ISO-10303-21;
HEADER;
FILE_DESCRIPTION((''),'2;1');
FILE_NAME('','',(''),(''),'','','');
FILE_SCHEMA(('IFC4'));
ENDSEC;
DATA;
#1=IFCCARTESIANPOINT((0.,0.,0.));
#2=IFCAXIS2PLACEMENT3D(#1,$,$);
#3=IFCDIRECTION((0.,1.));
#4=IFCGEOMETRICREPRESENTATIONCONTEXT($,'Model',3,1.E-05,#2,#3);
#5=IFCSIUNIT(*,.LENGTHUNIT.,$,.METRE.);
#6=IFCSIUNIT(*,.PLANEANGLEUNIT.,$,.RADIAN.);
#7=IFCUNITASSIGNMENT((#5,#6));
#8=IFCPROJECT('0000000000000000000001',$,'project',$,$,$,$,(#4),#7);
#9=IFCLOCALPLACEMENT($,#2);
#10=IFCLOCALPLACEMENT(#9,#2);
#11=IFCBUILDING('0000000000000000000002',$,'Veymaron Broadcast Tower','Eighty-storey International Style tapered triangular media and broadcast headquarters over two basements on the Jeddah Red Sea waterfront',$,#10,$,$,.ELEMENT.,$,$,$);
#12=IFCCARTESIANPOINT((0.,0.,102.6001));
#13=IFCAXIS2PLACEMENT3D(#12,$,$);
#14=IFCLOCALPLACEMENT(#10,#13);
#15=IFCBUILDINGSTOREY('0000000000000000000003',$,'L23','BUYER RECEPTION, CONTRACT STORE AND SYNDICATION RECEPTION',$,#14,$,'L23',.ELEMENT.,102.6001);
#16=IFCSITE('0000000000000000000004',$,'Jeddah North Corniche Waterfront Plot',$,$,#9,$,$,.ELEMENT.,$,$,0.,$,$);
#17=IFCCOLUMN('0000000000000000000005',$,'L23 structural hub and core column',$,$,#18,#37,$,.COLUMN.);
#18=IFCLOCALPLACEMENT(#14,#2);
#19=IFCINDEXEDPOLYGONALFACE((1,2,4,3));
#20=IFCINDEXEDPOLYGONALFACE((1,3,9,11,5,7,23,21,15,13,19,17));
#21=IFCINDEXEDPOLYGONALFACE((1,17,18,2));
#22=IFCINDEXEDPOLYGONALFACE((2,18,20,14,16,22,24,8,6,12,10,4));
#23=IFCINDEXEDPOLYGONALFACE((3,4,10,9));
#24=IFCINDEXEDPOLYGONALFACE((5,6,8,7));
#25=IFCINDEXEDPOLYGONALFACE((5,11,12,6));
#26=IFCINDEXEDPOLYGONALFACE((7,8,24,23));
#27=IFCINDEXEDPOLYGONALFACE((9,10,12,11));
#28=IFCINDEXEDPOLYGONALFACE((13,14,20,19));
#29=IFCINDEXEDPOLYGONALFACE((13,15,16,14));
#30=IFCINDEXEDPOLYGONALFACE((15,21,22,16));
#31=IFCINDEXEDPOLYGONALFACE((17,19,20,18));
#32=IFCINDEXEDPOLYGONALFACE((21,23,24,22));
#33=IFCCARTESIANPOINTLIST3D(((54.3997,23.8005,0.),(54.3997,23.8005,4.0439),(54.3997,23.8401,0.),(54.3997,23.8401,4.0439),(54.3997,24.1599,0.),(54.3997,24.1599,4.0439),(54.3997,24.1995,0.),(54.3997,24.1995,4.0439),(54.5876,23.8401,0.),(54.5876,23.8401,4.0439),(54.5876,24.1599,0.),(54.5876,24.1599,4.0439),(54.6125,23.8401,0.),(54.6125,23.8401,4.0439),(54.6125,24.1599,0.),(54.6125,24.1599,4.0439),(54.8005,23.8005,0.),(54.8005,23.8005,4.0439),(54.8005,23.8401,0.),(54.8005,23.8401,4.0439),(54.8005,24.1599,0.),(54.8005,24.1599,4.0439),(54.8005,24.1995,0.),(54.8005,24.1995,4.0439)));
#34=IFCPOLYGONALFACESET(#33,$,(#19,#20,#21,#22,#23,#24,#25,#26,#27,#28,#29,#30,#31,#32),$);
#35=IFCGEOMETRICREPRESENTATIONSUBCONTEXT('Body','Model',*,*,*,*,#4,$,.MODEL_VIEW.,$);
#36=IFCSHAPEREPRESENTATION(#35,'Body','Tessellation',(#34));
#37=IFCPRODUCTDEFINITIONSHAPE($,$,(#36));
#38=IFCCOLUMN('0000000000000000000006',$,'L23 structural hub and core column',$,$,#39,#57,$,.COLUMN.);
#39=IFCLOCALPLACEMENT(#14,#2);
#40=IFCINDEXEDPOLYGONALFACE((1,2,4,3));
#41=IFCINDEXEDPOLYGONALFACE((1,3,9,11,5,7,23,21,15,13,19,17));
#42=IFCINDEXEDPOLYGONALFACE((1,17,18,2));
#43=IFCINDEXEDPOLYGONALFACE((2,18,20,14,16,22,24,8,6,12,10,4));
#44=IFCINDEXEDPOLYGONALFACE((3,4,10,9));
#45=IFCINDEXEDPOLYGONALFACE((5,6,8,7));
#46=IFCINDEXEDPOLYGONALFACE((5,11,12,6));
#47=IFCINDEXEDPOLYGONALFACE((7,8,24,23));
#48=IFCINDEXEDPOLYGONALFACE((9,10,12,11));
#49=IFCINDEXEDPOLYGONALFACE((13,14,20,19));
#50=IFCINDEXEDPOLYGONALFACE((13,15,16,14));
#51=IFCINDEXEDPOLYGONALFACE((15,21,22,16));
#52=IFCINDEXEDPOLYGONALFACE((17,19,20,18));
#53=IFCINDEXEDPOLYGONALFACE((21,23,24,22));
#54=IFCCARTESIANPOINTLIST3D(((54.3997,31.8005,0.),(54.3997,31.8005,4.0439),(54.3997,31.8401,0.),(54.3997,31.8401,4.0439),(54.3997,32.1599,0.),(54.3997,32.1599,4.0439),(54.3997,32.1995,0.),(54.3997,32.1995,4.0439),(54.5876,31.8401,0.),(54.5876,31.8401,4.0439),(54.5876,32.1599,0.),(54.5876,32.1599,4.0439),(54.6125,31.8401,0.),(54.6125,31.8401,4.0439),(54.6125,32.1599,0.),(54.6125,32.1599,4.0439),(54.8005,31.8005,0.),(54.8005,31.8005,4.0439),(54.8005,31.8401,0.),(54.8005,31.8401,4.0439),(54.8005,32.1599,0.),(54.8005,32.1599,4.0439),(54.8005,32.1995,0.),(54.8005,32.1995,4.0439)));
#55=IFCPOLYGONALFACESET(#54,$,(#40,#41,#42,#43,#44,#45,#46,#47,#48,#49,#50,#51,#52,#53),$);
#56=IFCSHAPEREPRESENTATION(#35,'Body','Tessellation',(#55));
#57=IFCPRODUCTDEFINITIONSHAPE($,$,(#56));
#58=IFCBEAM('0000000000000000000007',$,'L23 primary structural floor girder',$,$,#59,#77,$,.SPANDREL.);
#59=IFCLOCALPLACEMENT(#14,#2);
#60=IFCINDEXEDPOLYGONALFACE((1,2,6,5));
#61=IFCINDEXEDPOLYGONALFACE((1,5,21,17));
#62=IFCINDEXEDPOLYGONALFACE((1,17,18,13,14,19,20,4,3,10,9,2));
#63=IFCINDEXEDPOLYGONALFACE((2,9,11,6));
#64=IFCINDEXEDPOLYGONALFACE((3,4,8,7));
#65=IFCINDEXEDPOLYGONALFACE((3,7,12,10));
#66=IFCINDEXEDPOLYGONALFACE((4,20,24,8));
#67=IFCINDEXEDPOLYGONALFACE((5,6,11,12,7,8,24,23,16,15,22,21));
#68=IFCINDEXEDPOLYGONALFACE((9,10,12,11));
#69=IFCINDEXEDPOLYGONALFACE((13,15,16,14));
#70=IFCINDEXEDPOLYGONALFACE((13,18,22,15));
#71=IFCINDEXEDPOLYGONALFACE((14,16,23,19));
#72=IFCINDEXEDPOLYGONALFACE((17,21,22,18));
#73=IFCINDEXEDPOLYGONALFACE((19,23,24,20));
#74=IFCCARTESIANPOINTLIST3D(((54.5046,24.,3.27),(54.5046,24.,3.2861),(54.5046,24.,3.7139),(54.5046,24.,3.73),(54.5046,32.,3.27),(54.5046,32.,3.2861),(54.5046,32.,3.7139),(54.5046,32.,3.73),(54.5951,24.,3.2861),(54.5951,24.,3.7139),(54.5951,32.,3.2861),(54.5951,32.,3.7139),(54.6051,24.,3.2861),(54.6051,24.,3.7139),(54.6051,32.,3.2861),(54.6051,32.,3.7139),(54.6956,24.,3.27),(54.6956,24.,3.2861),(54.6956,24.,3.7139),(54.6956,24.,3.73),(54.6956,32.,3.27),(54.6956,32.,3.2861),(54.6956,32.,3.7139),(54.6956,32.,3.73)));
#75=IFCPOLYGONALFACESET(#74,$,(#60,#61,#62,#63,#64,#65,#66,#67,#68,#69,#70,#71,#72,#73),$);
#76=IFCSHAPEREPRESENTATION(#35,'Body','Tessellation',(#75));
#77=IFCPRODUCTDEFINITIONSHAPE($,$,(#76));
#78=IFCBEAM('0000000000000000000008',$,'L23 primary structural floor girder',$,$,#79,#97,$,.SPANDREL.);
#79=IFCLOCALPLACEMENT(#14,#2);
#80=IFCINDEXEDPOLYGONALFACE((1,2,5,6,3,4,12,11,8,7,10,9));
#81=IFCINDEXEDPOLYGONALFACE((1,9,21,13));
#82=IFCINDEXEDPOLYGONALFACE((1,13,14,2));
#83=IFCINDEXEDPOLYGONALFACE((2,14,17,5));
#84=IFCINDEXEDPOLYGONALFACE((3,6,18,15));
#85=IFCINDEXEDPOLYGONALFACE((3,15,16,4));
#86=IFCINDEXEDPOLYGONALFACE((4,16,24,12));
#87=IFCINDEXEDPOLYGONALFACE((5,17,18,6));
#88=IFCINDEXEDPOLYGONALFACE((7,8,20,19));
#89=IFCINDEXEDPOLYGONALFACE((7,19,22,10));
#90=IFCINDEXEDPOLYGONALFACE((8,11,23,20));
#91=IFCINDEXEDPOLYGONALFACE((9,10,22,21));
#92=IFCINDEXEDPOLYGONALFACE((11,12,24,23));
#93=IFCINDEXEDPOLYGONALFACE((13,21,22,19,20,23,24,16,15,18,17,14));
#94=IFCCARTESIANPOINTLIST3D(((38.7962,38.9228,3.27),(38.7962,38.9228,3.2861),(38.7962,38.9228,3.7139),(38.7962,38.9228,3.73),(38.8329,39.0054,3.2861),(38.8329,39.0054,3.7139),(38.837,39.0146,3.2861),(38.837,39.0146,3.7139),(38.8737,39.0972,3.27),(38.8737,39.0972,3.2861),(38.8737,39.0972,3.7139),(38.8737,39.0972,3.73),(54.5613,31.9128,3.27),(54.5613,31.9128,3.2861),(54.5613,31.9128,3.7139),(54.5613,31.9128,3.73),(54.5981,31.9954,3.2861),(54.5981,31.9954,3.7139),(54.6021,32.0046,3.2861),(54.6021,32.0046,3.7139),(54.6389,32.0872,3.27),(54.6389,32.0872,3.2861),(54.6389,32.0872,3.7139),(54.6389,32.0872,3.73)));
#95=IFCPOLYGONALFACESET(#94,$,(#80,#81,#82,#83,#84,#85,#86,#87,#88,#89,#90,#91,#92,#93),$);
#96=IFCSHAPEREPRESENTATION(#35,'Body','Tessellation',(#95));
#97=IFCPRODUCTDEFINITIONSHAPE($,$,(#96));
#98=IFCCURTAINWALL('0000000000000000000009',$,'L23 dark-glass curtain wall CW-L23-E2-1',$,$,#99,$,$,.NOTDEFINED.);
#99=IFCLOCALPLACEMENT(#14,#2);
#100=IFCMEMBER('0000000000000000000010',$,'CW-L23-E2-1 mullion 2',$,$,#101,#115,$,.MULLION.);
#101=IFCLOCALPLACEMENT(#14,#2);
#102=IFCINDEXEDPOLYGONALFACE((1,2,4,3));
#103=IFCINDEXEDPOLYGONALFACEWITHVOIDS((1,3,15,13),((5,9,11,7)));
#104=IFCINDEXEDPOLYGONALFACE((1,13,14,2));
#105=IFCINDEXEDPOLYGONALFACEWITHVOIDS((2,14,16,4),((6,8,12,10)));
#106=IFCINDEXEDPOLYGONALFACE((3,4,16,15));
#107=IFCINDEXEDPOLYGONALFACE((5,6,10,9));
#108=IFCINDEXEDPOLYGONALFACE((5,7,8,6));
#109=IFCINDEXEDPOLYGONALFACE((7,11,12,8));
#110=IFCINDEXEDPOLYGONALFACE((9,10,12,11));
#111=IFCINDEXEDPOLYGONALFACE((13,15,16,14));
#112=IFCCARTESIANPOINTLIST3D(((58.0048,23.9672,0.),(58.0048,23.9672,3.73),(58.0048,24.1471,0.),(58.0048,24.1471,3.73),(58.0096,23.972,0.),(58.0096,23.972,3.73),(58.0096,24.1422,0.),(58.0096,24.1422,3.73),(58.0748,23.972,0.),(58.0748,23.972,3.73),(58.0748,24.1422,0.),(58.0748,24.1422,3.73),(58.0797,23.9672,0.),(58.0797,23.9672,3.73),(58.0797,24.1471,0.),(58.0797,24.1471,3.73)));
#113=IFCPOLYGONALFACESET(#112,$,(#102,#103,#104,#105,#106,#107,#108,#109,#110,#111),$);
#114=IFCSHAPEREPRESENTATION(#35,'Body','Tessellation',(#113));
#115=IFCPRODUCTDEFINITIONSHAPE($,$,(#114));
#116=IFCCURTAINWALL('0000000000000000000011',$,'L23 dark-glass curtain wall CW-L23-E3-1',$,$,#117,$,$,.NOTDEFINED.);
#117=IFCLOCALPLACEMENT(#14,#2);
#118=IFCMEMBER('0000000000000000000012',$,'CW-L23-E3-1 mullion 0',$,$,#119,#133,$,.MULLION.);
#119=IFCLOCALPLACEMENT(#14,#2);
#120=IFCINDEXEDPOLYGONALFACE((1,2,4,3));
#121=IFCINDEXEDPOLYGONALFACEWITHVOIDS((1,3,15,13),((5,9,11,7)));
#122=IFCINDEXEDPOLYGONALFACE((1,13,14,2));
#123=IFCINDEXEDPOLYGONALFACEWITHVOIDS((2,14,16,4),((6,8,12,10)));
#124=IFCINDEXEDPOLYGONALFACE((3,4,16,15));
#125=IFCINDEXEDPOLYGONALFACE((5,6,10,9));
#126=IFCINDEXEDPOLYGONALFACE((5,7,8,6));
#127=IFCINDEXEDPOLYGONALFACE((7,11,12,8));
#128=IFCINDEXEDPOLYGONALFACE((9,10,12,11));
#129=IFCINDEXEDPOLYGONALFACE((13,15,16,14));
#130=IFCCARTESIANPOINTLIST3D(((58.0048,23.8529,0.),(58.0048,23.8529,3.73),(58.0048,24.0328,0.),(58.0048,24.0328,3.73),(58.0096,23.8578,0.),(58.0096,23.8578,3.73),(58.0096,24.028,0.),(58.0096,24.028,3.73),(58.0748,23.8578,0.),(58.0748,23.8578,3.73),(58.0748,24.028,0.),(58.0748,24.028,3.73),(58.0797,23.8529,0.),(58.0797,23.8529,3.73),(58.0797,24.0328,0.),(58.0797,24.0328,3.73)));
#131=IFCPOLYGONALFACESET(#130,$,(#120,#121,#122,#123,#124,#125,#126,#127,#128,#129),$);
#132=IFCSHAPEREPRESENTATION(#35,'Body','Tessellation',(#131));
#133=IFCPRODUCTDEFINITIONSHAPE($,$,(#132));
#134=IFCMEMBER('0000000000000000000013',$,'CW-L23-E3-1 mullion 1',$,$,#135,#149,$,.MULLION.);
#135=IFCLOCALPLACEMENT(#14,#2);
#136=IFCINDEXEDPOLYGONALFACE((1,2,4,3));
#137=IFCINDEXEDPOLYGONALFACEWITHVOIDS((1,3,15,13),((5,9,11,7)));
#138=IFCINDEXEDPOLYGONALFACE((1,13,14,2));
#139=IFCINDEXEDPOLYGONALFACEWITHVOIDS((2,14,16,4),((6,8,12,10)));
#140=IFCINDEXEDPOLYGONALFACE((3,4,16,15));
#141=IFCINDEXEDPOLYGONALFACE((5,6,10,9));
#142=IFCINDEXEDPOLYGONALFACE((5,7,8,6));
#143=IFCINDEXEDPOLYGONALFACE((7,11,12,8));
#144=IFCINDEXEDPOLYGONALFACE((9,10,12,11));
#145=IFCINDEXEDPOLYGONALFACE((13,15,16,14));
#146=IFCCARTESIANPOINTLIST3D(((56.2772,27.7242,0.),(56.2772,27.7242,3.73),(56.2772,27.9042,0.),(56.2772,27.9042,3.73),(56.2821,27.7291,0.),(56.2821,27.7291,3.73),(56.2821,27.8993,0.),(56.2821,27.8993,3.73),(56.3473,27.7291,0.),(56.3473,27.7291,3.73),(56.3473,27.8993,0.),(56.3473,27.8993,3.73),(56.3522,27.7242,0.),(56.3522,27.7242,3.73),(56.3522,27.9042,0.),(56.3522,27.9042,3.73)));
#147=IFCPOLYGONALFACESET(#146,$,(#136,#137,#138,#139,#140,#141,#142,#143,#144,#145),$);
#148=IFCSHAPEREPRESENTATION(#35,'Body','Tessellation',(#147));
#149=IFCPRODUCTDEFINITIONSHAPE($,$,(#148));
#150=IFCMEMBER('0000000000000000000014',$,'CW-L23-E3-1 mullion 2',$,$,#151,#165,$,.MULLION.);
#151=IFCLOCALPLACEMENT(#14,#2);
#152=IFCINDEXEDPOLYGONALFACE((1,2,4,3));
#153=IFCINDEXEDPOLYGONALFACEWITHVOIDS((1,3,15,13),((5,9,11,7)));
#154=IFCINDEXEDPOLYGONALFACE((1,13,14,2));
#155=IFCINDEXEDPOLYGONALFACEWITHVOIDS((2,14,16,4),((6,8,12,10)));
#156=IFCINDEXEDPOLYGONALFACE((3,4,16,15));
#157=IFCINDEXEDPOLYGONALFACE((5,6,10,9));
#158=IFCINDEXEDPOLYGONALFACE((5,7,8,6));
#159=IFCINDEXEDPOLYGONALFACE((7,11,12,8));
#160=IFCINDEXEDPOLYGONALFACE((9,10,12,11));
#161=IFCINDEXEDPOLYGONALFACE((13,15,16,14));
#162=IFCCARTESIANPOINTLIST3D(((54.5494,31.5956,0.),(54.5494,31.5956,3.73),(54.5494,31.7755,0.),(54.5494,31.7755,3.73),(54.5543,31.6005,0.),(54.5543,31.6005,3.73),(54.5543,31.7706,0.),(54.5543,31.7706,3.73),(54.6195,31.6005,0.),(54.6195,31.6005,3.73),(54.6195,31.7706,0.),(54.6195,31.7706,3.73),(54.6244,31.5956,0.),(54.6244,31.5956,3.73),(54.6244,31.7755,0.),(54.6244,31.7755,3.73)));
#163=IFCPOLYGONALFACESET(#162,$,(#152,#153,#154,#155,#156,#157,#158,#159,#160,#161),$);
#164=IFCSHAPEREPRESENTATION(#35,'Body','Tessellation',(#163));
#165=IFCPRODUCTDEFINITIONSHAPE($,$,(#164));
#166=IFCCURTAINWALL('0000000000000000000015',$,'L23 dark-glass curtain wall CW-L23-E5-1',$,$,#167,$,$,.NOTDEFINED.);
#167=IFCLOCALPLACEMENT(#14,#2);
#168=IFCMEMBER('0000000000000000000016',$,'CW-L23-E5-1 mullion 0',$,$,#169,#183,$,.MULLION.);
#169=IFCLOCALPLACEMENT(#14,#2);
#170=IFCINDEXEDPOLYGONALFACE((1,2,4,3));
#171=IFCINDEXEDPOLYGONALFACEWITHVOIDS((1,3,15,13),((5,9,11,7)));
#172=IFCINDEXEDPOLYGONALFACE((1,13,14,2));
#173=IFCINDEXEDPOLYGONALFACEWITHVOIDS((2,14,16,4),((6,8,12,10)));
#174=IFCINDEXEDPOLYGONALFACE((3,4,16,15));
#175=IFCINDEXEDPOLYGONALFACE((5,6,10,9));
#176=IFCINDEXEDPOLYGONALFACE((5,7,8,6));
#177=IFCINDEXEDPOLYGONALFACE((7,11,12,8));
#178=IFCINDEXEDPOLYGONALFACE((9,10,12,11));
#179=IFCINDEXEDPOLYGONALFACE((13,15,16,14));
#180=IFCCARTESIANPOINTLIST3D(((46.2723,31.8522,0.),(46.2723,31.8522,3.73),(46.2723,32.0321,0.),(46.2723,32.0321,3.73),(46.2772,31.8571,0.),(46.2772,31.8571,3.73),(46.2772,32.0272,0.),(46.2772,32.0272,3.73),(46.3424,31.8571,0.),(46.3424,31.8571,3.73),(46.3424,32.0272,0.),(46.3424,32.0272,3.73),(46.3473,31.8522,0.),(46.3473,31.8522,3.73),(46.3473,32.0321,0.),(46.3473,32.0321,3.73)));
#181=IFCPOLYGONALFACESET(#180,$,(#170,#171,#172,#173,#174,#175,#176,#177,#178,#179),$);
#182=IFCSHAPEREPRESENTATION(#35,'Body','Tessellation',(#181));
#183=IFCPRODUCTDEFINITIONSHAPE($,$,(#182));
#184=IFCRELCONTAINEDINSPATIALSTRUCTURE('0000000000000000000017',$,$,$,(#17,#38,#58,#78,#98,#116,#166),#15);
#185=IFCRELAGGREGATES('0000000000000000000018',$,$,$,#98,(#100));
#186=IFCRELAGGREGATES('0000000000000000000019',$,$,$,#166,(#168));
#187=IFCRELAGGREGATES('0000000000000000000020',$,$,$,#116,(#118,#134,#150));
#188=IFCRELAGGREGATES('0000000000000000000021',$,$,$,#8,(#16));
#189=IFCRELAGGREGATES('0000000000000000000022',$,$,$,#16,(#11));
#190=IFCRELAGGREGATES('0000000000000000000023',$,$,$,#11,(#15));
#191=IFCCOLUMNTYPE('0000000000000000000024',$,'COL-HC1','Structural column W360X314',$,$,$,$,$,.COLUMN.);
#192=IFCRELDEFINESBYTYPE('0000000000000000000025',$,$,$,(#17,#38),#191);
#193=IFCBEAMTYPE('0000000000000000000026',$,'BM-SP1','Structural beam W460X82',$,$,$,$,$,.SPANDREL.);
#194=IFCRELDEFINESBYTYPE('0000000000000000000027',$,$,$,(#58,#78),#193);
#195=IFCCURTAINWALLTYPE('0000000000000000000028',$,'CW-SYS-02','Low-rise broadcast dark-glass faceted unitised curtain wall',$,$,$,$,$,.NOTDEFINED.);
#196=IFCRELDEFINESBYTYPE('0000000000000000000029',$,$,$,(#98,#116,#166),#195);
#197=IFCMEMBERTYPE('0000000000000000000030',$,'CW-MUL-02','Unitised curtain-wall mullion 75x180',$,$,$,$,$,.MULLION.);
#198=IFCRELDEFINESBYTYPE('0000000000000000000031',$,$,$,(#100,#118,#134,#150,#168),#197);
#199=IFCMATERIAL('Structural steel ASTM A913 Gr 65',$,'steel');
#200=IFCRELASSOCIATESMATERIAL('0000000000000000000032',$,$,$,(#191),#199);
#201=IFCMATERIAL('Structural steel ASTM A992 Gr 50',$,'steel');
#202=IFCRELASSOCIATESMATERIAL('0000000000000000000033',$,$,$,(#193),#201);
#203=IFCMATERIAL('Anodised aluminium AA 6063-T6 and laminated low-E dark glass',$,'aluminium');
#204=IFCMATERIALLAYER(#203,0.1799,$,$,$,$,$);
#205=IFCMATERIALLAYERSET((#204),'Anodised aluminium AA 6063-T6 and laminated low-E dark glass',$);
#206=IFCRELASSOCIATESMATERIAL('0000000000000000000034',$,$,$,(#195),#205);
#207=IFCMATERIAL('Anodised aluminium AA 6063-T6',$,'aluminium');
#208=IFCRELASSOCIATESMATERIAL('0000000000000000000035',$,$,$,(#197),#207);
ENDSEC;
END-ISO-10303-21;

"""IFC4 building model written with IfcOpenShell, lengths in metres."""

from ifc_helpers import new_model, si_unit, direction, frame, origin, origin_2d, place, context, subcontext, project, spatial, hollow_rectangle, i_section, extrude, material, layer, layer_set, material_profile, profile_set, type_object, element, aggregate, save


model = new_model("IFC4")

# Units and contexts
model_context = context("Model", 3, precision=1e-05, world=origin(), true_north=direction((0.0, 1.0)))
body_context = subcontext(model_context, "Body", "Model", "MODEL_VIEW")
ifc_project = project(units=[si_unit("LENGTHUNIT", "METRE"), si_unit("PLANEANGLEUNIT", "RADIAN")], contexts=[model_context])

# Site, building, storey
site_placement = place(None, origin())
site = spatial("IfcSite", under=ifc_project, at=site_placement, Name="Jeddah North Corniche Waterfront Plot", CompositionType="ELEMENT", RefElevation=0.0)
building_placement = place(site_placement, origin())
building = spatial("IfcBuilding", under=site, at=building_placement, Name="Veymaron Broadcast Tower", Description="Eighty-storey International Style tapered triangular media and broadcast headquarters over two basements on the Jeddah Red Sea waterfront", CompositionType="ELEMENT")
storey_placement = place(building_placement, frame((0.0, 0.0, 102.6001)))
storey = spatial("IfcBuildingStorey", under=building, at=storey_placement, Name="L23", Description="BUYER RECEPTION, CONTRACT STORE AND SYNDICATION RECEPTION", LongName="L23", CompositionType="ELEMENT", Elevation=102.6001)

# Columns
ifc_material_1 = material(Name="Structural steel ASTM A913 Gr 65", Category="steel")
ifc_material_profile_1 = material_profile(ifc_material_1, i_section(OverallWidth=0.4009, OverallDepth=0.3989, WebThickness=0.0249, FlangeThickness=0.0396, at=origin_2d()), Name="W360X314")
ifc_profile_set_1 = profile_set([ifc_material_profile_1], Name="Structural steel ASTM A913 Gr 65")
column_type = type_object("IfcColumnType", Name="COL-HC1", Description="Structural column W360X314", PredefinedType="COLUMN", material=ifc_profile_set_1)
for number, where, z_axis, x_axis, name in (
    (1, (54.6001, 24.0, 0.0), (0.0, 0.0, 1.0), (1.0, 0.0, 0.0), "L23 structural hub and core column"),
    (2, (54.6001, 32.0, 0.0), (0.0, 0.0, 1.0), (1.0, 0.0, 0.0), "L23 structural hub and core column"),
):
    element("IfcColumn", number, at=place(storey_placement, frame(where, z_axis=z_axis, x_axis=x_axis)), inside=storey, type_object=column_type, Name=name, PredefinedType="COLUMN", context=body_context, shape_type="SweptSolid", body=[
        extrude(i_section(OverallWidth=0.4009, OverallDepth=0.3989, WebThickness=0.0249, FlangeThickness=0.0396, at=origin_2d()), origin(), (0.0, 0.0, 1.0), 4.0439),
    ])

# Beams
ifc_material_2 = material(Name="Structural steel ASTM A992 Gr 50", Category="steel")
ifc_material_profile_2 = material_profile(ifc_material_2, i_section(OverallWidth=0.1909, OverallDepth=0.46, WebThickness=0.01, FlangeThickness=0.0161, at=origin_2d()), Name="W460X82")
ifc_profile_set_2 = profile_set([ifc_material_profile_2], Name="Structural steel ASTM A992 Gr 50")
beam_type = type_object("IfcBeamType", Name="BM-SP1", Description="Structural beam W460X82", PredefinedType="SPANDREL", material=ifc_profile_set_2)
beam_1_placement = place(storey_placement, frame((54.6001, 24.0, 3.5), z_axis=(0.0, 1.0, 0.0), x_axis=(-1.0, 0.0, 0.0)))
element("IfcBeam", 3, at=beam_1_placement, inside=storey, type_object=beam_type, Name="L23 primary structural floor girder", PredefinedType="SPANDREL", context=body_context, shape_type="SweptSolid", body=[
    extrude(i_section(OverallWidth=0.1909, OverallDepth=0.46, WebThickness=0.01, FlangeThickness=0.0161, at=origin_2d()), origin(), (0.0, 0.0, 1.0), 8.0),
])
beam_2_placement = place(storey_placement, frame((54.6001, 32.0, 3.5), z_axis=(-0.913741, 0.406297, 0.0), x_axis=(-0.406297, -0.913741, 0.0)))
element("IfcBeam", 4, at=beam_2_placement, inside=storey, type_object=beam_type, Name="L23 primary structural floor girder", PredefinedType="SPANDREL", context=body_context, shape_type="SweptSolid", body=[
    extrude(i_section(OverallWidth=0.1909, OverallDepth=0.46, WebThickness=0.01, FlangeThickness=0.0161, at=origin_2d()), origin(), (0.0, 0.0, 1.0), 17.2534),
])

# Curtain wall, member
ifc_material_3 = material(Name="Anodised aluminium AA 6063-T6 and laminated low-E dark glass", Category="aluminium")
ifc_layer_1 = layer(ifc_material_3, 0.1799)
ifc_layer_set_1 = layer_set([ifc_layer_1], Name="Anodised aluminium AA 6063-T6 and laminated low-E dark glass")
curtain_wall_type = type_object("IfcCurtainWallType", Name="CW-SYS-02", Description="Low-rise broadcast dark-glass faceted unitised curtain wall", PredefinedType="NOTDEFINED", material=ifc_layer_set_1)
curtain_wall_1_placement = place(storey_placement, origin())
curtain_wall_1 = element("IfcCurtainWall", 5, at=curtain_wall_1_placement, inside=storey, type_object=curtain_wall_type, Name="L23 dark-glass curtain wall CW-L23-E2-1", PredefinedType="NOTDEFINED")
ifc_material_4 = material(Name="Anodised aluminium AA 6063-T6", Category="aluminium")
ifc_material_profile_3 = material_profile(ifc_material_4, hollow_rectangle(XDim=0.075, YDim=0.1799, WallThickness=0.0049, at=origin_2d()), Name="AL180X75X5")
ifc_profile_set_3 = profile_set([ifc_material_profile_3], Name="Anodised aluminium AA 6063-T6")
member_type_1 = type_object("IfcMemberType", Name="CW-MUL-02", Description="Unitised curtain-wall mullion 75x180", PredefinedType="MULLION", material=ifc_profile_set_3)
member_1_placement = place(storey_placement, frame((58.0422, 24.0571, 0.0), z_axis=(0.0, 0.0, 1.0), x_axis=(1.0, 0.0, 0.0)))
member_1 = element("IfcMember", 6, at=member_1_placement, type_object=member_type_1, Name="CW-L23-E2-1 mullion 2", PredefinedType="MULLION", context=body_context, shape_type="SweptSolid", body=[
    extrude(hollow_rectangle(XDim=0.075, YDim=0.1799, WallThickness=0.0049, at=origin_2d()), origin(), (0.0, 0.0, 1.0), 3.73),
])
aggregate(curtain_wall_1, [member_1])

# Curtain wall, members
curtain_wall_2_placement = place(storey_placement, origin())
curtain_wall_2 = element("IfcCurtainWall", 7, at=curtain_wall_2_placement, inside=storey, type_object=curtain_wall_type, Name="L23 dark-glass curtain wall CW-L23-E3-1", PredefinedType="NOTDEFINED")
member_2_placement = place(storey_placement, frame((58.0422, 23.9429, 0.0), z_axis=(0.0, 0.0, 1.0), x_axis=(1.0, 0.0, 0.0)))
member_2 = element("IfcMember", 8, at=member_2_placement, type_object=member_type_1, Name="CW-L23-E3-1 mullion 0", PredefinedType="MULLION", context=body_context, shape_type="SweptSolid", body=[
    extrude(hollow_rectangle(XDim=0.075, YDim=0.1799, WallThickness=0.0049, at=origin_2d()), origin(), (0.0, 0.0, 1.0), 3.73),
])
member_3_placement = place(storey_placement, frame((56.3147, 27.8142, 0.0), z_axis=(0.0, 0.0, 1.0), x_axis=(1.0, 0.0, 0.0)))
member_3 = element("IfcMember", 9, at=member_3_placement, type_object=member_type_1, Name="CW-L23-E3-1 mullion 1", PredefinedType="MULLION", context=body_context, shape_type="SweptSolid", body=[
    extrude(hollow_rectangle(XDim=0.075, YDim=0.1799, WallThickness=0.0049, at=origin_2d()), origin(), (0.0, 0.0, 1.0), 3.73),
])
member_4_placement = place(storey_placement, frame((54.5869, 31.6855, 0.0), z_axis=(0.0, 0.0, 1.0), x_axis=(1.0, 0.0, 0.0)))
member_4 = element("IfcMember", 10, at=member_4_placement, type_object=member_type_1, Name="CW-L23-E3-1 mullion 2", PredefinedType="MULLION", context=body_context, shape_type="SweptSolid", body=[
    extrude(hollow_rectangle(XDim=0.075, YDim=0.1799, WallThickness=0.0049, at=origin_2d()), origin(), (0.0, 0.0, 1.0), 3.73),
])

# Curtain wall, member
curtain_wall_3_placement = place(storey_placement, origin())
curtain_wall_3 = element("IfcCurtainWall", 11, at=curtain_wall_3_placement, inside=storey, type_object=curtain_wall_type, Name="L23 dark-glass curtain wall CW-L23-E5-1", PredefinedType="NOTDEFINED")
member_5_placement = place(storey_placement, frame((46.3098, 31.9421, 0.0), z_axis=(0.0, 0.0, 1.0), x_axis=(1.0, 0.0, 0.0)))
member_5 = element("IfcMember", 12, at=member_5_placement, type_object=member_type_1, Name="CW-L23-E5-1 mullion 0", PredefinedType="MULLION", context=body_context, shape_type="SweptSolid", body=[
    extrude(hollow_rectangle(XDim=0.075, YDim=0.1799, WallThickness=0.0049, at=origin_2d()), origin(), (0.0, 0.0, 1.0), 3.73),
])

aggregate(curtain_wall_3, [member_5])

aggregate(curtain_wall_2, [member_2, member_3, member_4])

save(model, "model.ifc")
